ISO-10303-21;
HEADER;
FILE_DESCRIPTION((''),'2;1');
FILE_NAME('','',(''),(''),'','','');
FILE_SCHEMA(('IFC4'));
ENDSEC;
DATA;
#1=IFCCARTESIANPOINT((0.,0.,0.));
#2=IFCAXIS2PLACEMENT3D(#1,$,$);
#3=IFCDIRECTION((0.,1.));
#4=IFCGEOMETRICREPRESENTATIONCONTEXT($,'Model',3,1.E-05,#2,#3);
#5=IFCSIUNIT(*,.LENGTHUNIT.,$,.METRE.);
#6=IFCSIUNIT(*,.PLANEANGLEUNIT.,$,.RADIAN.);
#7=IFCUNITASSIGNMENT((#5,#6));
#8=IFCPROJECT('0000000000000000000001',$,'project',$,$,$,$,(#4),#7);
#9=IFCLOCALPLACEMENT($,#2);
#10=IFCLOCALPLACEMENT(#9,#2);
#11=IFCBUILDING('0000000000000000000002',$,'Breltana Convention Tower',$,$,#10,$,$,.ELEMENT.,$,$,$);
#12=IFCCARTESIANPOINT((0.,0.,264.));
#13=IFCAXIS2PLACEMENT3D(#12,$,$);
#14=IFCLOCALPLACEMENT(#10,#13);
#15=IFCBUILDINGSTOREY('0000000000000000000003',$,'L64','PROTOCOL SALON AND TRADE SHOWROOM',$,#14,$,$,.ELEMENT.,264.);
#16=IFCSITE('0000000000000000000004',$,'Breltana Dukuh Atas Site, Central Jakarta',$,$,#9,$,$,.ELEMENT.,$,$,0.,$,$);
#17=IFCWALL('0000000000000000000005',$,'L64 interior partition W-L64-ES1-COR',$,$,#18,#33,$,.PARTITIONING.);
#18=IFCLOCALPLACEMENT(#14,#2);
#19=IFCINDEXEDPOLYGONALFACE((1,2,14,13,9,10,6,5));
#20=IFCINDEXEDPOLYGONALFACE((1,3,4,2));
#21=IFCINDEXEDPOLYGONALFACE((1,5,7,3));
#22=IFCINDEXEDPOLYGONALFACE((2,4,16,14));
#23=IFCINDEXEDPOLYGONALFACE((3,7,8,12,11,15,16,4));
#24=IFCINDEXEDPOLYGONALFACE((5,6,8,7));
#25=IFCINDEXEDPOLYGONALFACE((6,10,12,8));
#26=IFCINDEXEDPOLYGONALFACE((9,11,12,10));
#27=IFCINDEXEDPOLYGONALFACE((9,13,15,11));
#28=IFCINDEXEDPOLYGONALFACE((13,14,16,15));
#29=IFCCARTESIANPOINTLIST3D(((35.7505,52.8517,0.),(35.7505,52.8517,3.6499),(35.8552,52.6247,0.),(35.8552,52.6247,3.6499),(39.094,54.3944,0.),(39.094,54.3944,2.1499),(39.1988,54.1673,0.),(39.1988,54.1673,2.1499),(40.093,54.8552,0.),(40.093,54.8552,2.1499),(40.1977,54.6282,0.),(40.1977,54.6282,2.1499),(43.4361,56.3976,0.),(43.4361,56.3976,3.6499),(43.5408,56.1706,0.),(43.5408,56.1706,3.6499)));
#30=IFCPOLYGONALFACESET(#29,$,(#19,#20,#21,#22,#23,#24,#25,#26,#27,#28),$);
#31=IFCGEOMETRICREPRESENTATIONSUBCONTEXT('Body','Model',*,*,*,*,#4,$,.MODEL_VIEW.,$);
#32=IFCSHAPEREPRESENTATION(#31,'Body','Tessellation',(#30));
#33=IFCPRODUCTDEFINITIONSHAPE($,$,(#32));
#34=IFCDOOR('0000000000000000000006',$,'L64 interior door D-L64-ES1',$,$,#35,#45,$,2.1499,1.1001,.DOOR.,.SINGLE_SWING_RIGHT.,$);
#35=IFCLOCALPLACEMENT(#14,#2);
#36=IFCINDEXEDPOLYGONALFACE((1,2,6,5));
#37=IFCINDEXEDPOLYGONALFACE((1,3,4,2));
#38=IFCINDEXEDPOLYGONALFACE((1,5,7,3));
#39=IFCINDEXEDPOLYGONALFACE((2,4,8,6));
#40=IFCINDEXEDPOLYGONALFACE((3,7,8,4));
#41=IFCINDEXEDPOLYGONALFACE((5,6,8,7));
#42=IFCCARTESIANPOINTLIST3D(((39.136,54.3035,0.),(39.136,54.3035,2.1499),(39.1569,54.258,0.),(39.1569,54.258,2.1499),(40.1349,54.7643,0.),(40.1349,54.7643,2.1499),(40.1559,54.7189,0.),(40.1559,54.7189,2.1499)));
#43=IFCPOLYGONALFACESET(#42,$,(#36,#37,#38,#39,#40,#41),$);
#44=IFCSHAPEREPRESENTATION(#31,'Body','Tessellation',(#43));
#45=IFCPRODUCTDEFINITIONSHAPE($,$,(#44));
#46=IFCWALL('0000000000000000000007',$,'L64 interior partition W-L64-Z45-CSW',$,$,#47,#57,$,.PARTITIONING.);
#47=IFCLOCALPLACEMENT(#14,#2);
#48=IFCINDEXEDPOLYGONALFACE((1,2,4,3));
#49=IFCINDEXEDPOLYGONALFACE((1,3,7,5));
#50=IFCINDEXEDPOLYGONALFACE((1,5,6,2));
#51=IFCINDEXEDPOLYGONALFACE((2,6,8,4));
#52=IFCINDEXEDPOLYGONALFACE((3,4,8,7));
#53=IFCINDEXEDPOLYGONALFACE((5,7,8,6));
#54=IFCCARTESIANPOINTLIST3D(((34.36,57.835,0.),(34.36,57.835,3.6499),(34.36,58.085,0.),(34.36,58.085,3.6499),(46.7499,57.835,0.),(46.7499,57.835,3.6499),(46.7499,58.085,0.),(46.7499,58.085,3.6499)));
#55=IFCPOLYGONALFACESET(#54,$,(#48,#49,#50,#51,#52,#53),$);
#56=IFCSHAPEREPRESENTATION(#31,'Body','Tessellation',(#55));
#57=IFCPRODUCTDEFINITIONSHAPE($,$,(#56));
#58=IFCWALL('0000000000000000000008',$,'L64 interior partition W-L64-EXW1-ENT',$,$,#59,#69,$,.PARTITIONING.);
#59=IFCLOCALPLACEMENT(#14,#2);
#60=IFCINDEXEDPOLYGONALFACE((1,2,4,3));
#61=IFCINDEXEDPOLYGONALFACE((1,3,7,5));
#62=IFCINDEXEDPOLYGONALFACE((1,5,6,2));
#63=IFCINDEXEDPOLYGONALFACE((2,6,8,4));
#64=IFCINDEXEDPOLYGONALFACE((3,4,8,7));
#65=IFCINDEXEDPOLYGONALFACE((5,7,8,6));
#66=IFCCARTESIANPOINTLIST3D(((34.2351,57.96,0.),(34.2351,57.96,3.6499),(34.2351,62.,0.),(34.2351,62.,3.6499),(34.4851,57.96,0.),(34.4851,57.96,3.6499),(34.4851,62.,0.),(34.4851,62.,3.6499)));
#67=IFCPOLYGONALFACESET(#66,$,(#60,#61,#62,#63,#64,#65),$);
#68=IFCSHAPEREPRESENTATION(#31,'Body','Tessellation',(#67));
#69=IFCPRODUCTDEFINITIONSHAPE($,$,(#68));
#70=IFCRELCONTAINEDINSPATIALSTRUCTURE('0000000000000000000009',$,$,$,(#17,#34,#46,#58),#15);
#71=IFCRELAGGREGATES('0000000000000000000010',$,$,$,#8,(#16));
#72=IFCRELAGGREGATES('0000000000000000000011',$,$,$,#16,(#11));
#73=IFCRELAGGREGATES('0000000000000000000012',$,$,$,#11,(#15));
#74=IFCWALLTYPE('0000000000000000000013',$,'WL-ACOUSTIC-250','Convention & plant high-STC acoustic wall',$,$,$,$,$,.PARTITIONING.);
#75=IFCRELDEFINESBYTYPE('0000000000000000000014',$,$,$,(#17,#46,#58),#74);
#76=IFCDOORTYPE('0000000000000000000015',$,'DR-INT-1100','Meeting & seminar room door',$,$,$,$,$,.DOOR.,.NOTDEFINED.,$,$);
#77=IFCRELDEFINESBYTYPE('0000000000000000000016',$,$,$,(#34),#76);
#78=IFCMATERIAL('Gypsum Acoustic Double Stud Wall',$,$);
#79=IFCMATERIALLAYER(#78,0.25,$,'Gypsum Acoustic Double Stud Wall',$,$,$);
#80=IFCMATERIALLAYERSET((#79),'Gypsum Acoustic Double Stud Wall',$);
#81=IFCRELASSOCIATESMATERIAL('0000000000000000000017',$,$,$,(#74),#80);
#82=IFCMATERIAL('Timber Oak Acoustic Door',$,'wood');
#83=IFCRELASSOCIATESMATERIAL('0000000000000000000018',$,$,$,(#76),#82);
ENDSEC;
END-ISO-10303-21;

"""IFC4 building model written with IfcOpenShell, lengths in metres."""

from ifc_helpers import new_model, si_unit, direction, frame, frame_2d, origin, place, context, subcontext, project, spatial, rectangle, extrude, source, transform, mapped, material, layer, layer_set, type_object, type_shapes, element, fill, save


model = new_model("IFC4")

# Units and contexts
model_context = context("Model", 3, precision=1e-05, world=origin(), true_north=direction((0.0, 1.0)))
body_context = subcontext(model_context, "Body", "Model", "MODEL_VIEW")
ifc_project = project(units=[si_unit("LENGTHUNIT", "METRE"), si_unit("PLANEANGLEUNIT", "RADIAN")], contexts=[model_context])

# Site, building, storey
site_placement = place(None, origin())
site = spatial("IfcSite", under=ifc_project, at=site_placement, Name="Breltana Dukuh Atas Site, Central Jakarta", CompositionType="ELEMENT", RefElevation=0.0)
building_placement = place(site_placement, origin())
building = spatial("IfcBuilding", under=site, at=building_placement, Name="Breltana Convention Tower", CompositionType="ELEMENT")
storey_placement = place(building_placement, frame((0.0, 0.0, 264.0)))
storey = spatial("IfcBuildingStorey", under=building, at=storey_placement, Name="L64", Description="PROTOCOL SALON AND TRADE SHOWROOM", CompositionType="ELEMENT", Elevation=264.0)

# Wall, opening, door
ifc_material_1 = material(Name="Gypsum Acoustic Double Stud Wall")
ifc_layer_1 = layer(ifc_material_1, 0.25, Name="Gypsum Acoustic Double Stud Wall")
ifc_layer_set_1 = layer_set([ifc_layer_1], Name="Gypsum Acoustic Double Stud Wall")
wall_type_1 = type_object("IfcWallType", Name="WL-ACOUSTIC-250", Description="Convention & plant high-STC acoustic wall", PredefinedType="PARTITIONING", material=ifc_layer_set_1)
shared_shape_1 = source(origin(), body_context, "Body", "SweptSolid", [
    extrude(rectangle(XDim=8.4641, YDim=0.25, at=frame_2d((4.2319, 0.0))), origin(), (0.0, 0.0, 1.0), 3.6499),
])
wall_1_placement = place(storey_placement, frame((35.803, 52.7383, 0.0), z_axis=(0.0, 0.0, 1.0), x_axis=(0.908017, 0.418934, 0.0)))
wall_1 = element("IfcWall", 1, at=wall_1_placement, inside=storey, type_object=wall_type_1, Name="L64 interior partition W-L64-ES1-COR", PredefinedType="PARTITIONING", context=body_context, shape_type="MappedRepresentation", body=[
    mapped(shared_shape_1, transform((0.0, 0.0, 0.0), scale=1.0)),
])
opening_1_placement = place(wall_1_placement, frame((3.6821, 0.0, 0.0)))
opening_1 = element("IfcOpeningElement", 2, at=opening_1_placement, cuts=wall_1, PredefinedType="OPENING", context=body_context, shape_type="SweptSolid", body=[
    extrude(rectangle(XDim=1.1001, YDim=2.1499, at=frame_2d((0.55, 1.075))), frame((0.0, 0.135, 0.0), z_axis=(0.0, -1.0, 0.0), x_axis=(1.0, 0.0, 0.0)), (0.0, 0.0, 1.0), 0.27),
])
ifc_material_2 = material(Name="Timber Oak Acoustic Door", Category="wood")
door_type = type_object("IfcDoorType", Name="DR-INT-1100", Description="Meeting & seminar room door", OperationType="NOTDEFINED", PredefinedType="DOOR", material=ifc_material_2)
shared_shape_2 = source(origin(), body_context, "Body", "SweptSolid", [
    extrude(rectangle(XDim=1.1001, YDim=2.1499, at=frame_2d((0.55, 1.075))), frame((0.0, 0.0249, 0.0), z_axis=(0.0, -1.0, 0.0), x_axis=(1.0, 0.0, 0.0)), (0.0, 0.0, 1.0), 0.05),
])
type_shapes(door_type, [shared_shape_2])
door_placement = place(opening_1_placement, origin())
door = element("IfcDoor", 3, at=door_placement, inside=storey, type_object=door_type, Name="L64 interior door D-L64-ES1", OperationType="SINGLE_SWING_RIGHT", OverallHeight=2.1499, OverallWidth=1.1001, PredefinedType="DOOR", context=body_context, shape_type="MappedRepresentation", body=[
    mapped(shared_shape_2, transform((0.0, 0.0, 0.0), scale=1.0)),
])
fill(opening_1, door)

# Walls
shared_shape_3 = source(origin(), body_context, "Body", "SweptSolid", [
    extrude(rectangle(XDim=12.3899, YDim=0.25, at=frame_2d((6.1948, 0.0))), origin(), (0.0, 0.0, 1.0), 3.6499),
])
wall_2_placement = place(storey_placement, frame((34.3601, 57.96, 0.0), z_axis=(0.0, 0.0, 1.0), x_axis=(1.0, 0.0, 0.0)))
element("IfcWall", 4, at=wall_2_placement, inside=storey, type_object=wall_type_1, Name="L64 interior partition W-L64-Z45-CSW", PredefinedType="PARTITIONING", context=body_context, shape_type="MappedRepresentation", body=[
    mapped(shared_shape_3, transform((0.0, 0.0, 0.0), scale=1.0)),
])
shared_shape_4 = source(origin(), body_context, "Body", "SweptSolid", [
    extrude(rectangle(XDim=4.04, YDim=0.25, at=frame_2d((2.02, 0.0))), origin(), (0.0, 0.0, 1.0), 3.6499),
])
wall_3_placement = place(storey_placement, frame((34.3601, 57.96, 0.0), z_axis=(0.0, 0.0, 1.0), x_axis=(0.0, 1.0, 0.0)))
element("IfcWall", 5, at=wall_3_placement, inside=storey, type_object=wall_type_1, Name="L64 interior partition W-L64-EXW1-ENT", PredefinedType="PARTITIONING", context=body_context, shape_type="MappedRepresentation", body=[
    mapped(shared_shape_4, transform((0.0, 0.0, 0.0), scale=1.0)),
])

save(model, "model.ifc")
